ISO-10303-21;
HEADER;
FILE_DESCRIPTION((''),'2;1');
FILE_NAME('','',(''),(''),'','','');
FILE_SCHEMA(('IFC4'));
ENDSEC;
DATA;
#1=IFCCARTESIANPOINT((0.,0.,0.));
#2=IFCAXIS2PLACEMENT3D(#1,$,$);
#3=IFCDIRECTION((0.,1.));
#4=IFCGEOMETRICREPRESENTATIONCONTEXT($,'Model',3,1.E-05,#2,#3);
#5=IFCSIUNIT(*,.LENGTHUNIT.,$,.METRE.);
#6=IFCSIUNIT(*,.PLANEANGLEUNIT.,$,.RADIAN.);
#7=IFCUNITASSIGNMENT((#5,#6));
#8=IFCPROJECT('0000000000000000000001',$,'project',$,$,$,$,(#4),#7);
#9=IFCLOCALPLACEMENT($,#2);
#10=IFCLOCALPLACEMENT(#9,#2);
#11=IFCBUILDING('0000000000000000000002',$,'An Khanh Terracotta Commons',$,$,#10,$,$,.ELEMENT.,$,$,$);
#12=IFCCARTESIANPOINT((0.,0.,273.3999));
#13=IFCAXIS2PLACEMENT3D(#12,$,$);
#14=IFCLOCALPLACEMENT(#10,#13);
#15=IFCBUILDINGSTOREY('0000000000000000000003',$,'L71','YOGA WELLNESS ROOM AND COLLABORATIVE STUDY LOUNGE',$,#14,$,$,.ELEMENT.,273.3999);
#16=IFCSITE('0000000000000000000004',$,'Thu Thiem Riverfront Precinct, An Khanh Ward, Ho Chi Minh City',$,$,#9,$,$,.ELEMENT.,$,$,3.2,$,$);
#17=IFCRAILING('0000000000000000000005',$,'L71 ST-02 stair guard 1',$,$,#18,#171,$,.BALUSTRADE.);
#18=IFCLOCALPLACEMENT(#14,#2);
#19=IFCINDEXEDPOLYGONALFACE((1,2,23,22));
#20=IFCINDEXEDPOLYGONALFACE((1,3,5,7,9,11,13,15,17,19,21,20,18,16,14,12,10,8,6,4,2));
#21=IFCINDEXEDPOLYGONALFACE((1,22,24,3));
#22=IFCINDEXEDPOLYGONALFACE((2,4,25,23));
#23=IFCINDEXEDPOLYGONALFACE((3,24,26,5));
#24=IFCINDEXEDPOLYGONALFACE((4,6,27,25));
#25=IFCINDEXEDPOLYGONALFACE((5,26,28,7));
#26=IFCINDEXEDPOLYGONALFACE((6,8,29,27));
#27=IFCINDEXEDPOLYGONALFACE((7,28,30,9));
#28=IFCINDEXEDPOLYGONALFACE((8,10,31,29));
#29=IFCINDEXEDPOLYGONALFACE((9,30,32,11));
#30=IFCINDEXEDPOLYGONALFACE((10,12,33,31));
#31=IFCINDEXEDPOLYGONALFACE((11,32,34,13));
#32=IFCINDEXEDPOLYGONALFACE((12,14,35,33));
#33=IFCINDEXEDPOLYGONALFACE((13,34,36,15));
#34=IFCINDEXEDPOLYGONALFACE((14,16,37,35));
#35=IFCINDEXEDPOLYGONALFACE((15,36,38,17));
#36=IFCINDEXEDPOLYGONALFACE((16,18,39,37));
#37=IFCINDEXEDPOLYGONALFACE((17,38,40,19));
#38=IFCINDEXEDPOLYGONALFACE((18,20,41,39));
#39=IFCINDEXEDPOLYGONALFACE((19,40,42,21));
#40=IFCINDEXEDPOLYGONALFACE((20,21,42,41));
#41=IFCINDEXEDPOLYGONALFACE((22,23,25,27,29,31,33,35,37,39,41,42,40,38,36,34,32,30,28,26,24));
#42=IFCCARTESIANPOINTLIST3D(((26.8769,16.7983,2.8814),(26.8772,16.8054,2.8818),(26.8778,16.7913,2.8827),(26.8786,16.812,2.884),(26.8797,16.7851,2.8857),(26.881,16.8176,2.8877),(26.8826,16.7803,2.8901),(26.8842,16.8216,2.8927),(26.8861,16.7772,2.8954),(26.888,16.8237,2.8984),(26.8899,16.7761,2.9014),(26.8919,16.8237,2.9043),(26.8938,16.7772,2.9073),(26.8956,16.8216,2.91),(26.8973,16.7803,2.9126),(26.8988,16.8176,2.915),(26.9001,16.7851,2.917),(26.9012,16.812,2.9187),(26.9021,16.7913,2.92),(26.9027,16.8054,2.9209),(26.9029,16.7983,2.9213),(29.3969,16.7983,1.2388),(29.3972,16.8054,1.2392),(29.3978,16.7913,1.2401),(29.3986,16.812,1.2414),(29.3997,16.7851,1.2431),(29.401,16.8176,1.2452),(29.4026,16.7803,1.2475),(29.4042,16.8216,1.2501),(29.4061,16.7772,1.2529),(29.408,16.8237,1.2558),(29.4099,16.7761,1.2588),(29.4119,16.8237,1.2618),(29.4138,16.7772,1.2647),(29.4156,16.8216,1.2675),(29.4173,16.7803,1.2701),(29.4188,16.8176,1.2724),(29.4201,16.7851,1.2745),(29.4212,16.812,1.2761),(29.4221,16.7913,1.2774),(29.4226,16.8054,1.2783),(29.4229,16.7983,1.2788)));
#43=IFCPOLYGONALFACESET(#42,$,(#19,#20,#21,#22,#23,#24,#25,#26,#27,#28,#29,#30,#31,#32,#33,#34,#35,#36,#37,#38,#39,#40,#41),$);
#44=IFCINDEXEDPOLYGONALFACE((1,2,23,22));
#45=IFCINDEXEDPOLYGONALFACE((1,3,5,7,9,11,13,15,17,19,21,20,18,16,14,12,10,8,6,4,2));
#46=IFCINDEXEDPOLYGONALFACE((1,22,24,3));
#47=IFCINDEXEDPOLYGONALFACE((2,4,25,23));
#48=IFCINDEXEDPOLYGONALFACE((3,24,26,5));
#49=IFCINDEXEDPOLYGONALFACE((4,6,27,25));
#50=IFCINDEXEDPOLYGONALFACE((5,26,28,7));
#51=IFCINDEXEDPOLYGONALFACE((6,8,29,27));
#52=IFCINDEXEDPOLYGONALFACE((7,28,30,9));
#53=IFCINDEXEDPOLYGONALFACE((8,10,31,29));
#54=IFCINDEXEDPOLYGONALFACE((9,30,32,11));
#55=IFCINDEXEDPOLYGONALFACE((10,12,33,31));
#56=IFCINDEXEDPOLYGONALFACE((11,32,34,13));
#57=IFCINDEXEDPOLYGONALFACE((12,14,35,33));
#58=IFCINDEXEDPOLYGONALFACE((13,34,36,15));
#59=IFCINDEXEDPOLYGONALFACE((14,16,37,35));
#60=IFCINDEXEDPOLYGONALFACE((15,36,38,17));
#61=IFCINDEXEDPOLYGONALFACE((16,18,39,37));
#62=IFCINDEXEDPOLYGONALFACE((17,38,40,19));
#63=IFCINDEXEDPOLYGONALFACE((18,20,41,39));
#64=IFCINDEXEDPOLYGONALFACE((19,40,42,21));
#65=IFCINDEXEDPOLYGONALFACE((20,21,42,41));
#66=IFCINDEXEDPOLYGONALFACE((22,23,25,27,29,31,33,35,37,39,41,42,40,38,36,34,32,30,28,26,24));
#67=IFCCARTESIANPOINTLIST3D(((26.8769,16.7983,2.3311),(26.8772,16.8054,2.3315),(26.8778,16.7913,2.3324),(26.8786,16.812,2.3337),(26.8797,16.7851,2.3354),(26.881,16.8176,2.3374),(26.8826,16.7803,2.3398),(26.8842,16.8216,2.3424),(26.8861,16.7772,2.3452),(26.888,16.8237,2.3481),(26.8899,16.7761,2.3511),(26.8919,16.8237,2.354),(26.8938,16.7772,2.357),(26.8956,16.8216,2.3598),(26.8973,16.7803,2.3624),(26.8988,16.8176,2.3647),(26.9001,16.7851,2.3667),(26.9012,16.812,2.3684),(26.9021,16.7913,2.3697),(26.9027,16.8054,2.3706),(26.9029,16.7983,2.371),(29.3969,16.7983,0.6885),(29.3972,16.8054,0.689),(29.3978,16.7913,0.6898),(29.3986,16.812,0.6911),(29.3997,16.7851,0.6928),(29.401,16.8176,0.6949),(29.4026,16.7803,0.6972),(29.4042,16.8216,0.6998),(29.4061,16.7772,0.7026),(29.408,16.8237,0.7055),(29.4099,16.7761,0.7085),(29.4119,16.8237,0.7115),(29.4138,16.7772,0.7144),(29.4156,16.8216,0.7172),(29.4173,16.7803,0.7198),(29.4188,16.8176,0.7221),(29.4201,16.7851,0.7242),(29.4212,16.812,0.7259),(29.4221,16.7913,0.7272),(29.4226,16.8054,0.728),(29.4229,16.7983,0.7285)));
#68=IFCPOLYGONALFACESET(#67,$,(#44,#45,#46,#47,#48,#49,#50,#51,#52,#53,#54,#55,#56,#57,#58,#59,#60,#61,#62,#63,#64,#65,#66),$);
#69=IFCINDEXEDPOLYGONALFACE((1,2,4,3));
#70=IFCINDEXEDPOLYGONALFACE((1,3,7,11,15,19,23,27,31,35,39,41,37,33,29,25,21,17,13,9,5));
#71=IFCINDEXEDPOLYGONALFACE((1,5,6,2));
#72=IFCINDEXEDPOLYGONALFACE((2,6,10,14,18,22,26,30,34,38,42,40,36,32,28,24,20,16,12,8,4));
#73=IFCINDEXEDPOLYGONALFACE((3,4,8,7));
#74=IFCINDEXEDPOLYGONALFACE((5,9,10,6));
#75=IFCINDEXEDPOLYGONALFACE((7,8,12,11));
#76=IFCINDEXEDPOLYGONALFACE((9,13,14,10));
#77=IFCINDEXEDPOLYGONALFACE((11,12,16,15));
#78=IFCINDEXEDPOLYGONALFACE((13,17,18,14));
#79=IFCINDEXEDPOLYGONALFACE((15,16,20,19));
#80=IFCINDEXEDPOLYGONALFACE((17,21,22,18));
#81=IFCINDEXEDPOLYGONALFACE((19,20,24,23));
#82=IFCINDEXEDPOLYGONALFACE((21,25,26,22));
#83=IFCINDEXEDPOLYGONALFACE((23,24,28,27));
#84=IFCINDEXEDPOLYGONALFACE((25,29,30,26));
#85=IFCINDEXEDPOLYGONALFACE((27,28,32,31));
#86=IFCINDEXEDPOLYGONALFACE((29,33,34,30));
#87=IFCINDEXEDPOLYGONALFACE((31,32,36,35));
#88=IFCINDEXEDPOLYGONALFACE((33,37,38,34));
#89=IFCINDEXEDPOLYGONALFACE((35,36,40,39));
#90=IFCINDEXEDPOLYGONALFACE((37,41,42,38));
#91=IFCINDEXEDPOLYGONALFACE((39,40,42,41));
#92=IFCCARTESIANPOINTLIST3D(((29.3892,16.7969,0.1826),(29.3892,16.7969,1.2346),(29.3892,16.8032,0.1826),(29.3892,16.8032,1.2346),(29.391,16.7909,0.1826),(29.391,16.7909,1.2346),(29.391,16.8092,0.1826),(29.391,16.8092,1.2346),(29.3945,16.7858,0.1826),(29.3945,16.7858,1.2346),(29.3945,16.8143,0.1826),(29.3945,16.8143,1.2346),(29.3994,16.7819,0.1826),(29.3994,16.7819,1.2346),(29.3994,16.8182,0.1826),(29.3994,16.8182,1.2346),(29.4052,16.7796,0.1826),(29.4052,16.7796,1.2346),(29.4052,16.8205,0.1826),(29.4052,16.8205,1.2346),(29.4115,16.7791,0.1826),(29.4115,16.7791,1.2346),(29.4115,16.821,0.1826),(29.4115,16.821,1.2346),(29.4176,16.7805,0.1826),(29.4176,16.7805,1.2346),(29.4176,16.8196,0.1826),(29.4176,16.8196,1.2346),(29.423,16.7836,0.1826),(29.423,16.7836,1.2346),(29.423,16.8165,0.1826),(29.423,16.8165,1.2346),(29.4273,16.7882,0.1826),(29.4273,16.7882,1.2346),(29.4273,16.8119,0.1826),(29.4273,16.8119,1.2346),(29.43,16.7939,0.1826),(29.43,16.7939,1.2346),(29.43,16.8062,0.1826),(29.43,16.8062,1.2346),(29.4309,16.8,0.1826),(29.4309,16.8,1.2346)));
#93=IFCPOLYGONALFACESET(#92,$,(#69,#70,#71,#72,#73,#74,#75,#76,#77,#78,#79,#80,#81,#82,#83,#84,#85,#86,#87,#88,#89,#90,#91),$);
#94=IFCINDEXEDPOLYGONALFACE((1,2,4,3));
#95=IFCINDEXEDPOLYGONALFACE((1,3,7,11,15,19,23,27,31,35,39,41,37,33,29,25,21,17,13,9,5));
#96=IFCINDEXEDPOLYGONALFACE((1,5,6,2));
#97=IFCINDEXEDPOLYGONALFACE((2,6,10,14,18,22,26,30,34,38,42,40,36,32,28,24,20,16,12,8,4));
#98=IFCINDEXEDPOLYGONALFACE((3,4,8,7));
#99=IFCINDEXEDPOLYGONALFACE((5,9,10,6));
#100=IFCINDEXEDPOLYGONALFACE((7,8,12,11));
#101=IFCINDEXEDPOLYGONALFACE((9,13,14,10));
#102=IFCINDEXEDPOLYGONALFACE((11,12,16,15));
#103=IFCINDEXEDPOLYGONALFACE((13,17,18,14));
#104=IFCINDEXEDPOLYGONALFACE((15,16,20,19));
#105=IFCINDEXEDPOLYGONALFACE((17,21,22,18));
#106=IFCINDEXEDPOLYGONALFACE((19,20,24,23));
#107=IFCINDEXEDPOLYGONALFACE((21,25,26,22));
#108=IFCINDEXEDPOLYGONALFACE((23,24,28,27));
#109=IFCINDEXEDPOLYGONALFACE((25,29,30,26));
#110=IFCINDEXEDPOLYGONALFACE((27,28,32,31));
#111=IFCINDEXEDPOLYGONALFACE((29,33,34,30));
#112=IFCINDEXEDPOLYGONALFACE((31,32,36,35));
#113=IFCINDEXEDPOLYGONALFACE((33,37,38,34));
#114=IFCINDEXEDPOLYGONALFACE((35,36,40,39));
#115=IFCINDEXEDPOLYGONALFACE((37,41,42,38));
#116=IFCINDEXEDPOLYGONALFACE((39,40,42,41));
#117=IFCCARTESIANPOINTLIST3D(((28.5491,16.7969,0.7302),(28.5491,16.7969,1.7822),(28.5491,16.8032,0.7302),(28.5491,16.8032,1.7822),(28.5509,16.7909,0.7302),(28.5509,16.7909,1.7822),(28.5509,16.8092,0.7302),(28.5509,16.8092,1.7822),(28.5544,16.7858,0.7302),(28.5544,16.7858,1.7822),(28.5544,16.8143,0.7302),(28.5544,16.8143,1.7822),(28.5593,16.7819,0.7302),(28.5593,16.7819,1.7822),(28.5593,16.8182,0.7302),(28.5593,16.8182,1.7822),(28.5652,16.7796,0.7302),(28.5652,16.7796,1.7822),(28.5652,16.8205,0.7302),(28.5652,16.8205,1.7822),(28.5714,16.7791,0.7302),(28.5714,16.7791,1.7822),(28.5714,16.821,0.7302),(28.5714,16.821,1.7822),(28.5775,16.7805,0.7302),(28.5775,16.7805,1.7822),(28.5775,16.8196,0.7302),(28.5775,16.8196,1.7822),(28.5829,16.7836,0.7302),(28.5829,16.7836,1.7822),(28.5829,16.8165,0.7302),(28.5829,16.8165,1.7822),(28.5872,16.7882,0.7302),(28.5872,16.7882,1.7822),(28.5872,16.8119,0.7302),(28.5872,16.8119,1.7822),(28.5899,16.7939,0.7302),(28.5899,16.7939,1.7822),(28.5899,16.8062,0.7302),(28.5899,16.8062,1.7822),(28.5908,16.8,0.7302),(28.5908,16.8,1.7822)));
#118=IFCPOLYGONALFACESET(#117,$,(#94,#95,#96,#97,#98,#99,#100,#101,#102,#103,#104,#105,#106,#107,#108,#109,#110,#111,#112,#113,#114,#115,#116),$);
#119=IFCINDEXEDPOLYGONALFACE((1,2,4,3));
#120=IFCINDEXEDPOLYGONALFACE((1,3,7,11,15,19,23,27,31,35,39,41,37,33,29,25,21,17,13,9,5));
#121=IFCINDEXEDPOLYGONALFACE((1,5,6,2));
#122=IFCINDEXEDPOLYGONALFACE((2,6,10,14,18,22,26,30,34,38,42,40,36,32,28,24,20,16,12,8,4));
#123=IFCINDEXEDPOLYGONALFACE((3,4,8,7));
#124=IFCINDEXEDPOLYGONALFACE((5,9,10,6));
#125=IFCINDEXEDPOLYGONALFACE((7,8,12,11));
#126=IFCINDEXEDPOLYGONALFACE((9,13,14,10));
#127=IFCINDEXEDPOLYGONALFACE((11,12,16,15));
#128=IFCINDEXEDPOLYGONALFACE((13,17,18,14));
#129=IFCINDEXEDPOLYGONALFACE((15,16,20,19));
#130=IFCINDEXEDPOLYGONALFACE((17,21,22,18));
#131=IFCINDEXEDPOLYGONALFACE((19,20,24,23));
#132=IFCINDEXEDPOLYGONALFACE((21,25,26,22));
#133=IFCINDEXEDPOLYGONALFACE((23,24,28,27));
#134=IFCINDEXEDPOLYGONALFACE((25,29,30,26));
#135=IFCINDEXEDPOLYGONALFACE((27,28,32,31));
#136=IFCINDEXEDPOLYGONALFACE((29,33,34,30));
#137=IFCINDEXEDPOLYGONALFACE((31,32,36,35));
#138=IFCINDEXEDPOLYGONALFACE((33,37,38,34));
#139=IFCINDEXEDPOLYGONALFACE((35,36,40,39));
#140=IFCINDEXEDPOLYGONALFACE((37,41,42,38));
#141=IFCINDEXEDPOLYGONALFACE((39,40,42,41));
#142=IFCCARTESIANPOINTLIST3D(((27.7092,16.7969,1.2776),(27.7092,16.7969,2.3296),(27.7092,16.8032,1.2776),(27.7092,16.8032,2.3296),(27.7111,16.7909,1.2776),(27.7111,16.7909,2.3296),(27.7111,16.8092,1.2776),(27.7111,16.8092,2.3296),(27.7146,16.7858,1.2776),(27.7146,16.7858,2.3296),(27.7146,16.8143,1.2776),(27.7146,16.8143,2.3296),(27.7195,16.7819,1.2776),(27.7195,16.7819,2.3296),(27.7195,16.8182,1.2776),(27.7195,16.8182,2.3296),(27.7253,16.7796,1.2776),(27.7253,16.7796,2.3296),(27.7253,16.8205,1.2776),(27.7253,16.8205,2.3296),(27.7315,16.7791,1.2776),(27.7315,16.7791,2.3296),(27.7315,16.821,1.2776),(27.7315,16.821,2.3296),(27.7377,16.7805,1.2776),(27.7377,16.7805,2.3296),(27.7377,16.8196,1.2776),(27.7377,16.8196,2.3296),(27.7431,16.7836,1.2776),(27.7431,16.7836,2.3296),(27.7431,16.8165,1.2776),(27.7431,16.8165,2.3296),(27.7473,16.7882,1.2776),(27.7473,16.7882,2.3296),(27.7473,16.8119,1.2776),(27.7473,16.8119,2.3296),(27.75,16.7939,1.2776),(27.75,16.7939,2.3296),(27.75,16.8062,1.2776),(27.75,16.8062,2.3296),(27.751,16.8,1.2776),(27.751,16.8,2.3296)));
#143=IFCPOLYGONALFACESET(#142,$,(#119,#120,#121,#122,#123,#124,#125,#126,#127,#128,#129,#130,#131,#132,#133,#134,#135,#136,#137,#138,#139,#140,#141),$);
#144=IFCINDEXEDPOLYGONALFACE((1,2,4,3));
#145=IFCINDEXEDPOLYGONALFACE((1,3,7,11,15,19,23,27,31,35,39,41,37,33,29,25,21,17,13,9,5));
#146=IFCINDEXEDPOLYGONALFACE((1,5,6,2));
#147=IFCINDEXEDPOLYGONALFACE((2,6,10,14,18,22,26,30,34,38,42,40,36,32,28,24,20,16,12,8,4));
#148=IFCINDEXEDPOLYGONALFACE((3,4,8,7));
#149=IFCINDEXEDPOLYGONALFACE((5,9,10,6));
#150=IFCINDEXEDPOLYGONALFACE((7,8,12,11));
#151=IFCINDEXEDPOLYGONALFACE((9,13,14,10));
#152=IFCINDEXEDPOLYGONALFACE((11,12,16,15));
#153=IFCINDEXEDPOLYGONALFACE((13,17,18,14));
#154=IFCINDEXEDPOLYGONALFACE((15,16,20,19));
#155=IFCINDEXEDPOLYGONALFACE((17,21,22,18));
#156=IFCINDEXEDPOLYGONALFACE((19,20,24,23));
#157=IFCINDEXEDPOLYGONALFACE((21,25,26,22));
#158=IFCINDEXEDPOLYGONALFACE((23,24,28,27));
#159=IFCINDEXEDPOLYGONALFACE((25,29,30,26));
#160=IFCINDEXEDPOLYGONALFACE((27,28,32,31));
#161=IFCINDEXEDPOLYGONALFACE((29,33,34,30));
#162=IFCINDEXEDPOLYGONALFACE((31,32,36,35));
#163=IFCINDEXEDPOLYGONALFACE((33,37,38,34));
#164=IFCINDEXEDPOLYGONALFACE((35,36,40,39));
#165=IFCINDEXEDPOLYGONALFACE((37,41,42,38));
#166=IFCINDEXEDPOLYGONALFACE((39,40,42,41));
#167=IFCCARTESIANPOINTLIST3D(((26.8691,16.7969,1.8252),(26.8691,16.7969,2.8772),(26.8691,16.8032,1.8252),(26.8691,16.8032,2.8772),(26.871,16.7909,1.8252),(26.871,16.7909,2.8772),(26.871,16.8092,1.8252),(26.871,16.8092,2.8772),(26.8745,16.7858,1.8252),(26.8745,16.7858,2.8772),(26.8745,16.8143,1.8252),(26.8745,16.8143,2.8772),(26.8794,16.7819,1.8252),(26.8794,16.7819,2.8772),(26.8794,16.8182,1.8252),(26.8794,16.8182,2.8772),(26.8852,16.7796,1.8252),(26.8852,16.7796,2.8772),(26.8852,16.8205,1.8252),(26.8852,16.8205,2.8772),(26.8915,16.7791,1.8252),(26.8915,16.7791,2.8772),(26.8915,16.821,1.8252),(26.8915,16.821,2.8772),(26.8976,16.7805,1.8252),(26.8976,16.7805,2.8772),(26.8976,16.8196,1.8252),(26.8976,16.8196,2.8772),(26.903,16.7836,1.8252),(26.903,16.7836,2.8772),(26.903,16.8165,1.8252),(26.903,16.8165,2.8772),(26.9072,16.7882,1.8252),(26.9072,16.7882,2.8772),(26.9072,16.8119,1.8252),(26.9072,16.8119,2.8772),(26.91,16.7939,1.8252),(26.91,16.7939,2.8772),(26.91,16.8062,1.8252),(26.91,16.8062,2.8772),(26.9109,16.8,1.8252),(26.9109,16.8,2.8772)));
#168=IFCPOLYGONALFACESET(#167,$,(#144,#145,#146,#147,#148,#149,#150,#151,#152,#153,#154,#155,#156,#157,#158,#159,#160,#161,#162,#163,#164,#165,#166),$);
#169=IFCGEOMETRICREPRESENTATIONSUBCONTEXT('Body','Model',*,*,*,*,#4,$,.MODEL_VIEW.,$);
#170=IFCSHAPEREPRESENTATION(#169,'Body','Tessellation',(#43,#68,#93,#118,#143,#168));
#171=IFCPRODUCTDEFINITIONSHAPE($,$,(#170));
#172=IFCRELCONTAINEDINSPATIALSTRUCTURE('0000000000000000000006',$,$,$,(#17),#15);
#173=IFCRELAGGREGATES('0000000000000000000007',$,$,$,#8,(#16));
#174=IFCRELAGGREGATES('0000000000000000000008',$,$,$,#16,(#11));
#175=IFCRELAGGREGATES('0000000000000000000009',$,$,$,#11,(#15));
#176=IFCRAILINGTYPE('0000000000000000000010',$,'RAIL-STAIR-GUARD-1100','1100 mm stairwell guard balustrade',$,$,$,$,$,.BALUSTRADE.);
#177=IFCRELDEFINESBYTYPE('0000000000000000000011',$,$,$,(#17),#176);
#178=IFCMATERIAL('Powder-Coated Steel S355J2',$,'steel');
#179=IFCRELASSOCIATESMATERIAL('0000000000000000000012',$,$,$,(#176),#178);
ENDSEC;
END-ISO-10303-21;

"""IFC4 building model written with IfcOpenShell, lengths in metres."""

from ifc_helpers import new_model, si_unit, direction, frame, origin, origin_2d, place, context, subcontext, project, spatial, circle, extrude, material, type_object, element, save


model = new_model("IFC4")

# Units and contexts
model_context = context("Model", 3, precision=1e-05, world=origin(), true_north=direction((0.0, 1.0)))
body_context = subcontext(model_context, "Body", "Model", "MODEL_VIEW")
ifc_project = project(units=[si_unit("LENGTHUNIT", "METRE"), si_unit("PLANEANGLEUNIT", "RADIAN")], contexts=[model_context])

# Site, building, storey
site_placement = place(None, origin())
site = spatial("IfcSite", under=ifc_project, at=site_placement, Name="Thu Thiem Riverfront Precinct, An Khanh Ward, Ho Chi Minh City", CompositionType="ELEMENT", RefElevation=3.2)
building_placement = place(site_placement, origin())
building = spatial("IfcBuilding", under=site, at=building_placement, Name="An Khanh Terracotta Commons", CompositionType="ELEMENT")
storey_placement = place(building_placement, frame((0.0, 0.0, 273.3999)))
storey = spatial("IfcBuildingStorey", under=building, at=storey_placement, Name="L71", Description="YOGA WELLNESS ROOM AND COLLABORATIVE STUDY LOUNGE", CompositionType="ELEMENT", Elevation=273.3999)

# Railing
ifc_material_1 = material(Name="Powder-Coated Steel S355J2", Category="steel")
railing_type = type_object("IfcRailingType", Name="RAIL-STAIR-GUARD-1100", Description="1100 mm stairwell guard balustrade", PredefinedType="BALUSTRADE", material=ifc_material_1)
railing_1_placement = place(storey_placement, frame((29.4099, 16.8, 0.1826)))
element("IfcRailing", 1, at=railing_1_placement, inside=storey, type_object=railing_type, Name="L71 ST-02 stair guard 1", PredefinedType="BALUSTRADE", context=body_context, shape_type="SweptSolid", body=[
    extrude(circle(Radius=0.0239, at=origin_2d()), frame((0.0, 0.0, 1.0762), z_axis=(-0.837749, 0.0, 0.546055), x_axis=(0.0, -1.0, 0.0)), (0.0, 0.0, 1.0), 3.0081),
    extrude(circle(Radius=0.0239, at=origin_2d()), frame((0.0, 0.0, 0.5259), z_axis=(-0.837749, 0.0, 0.546055), x_axis=(0.0, -1.0, 0.0)), (0.0, 0.0, 1.0), 3.0081),
    extrude(circle(Radius=0.021, at=origin_2d()), origin(), (0.0, 0.0, 1.0), 1.052),
    extrude(circle(Radius=0.021, at=origin_2d()), frame((-0.8401, 0.0, 0.5476)), (0.0, 0.0, 1.0), 1.052),
    extrude(circle(Radius=0.021, at=origin_2d()), frame((-1.6799, 0.0, 1.095)), (0.0, 0.0, 1.0), 1.052),
    extrude(circle(Radius=0.021, at=origin_2d()), frame((-2.52, 0.0, 1.6426)), (0.0, 0.0, 1.0), 1.052),
])

save(model, "model.ifc")
